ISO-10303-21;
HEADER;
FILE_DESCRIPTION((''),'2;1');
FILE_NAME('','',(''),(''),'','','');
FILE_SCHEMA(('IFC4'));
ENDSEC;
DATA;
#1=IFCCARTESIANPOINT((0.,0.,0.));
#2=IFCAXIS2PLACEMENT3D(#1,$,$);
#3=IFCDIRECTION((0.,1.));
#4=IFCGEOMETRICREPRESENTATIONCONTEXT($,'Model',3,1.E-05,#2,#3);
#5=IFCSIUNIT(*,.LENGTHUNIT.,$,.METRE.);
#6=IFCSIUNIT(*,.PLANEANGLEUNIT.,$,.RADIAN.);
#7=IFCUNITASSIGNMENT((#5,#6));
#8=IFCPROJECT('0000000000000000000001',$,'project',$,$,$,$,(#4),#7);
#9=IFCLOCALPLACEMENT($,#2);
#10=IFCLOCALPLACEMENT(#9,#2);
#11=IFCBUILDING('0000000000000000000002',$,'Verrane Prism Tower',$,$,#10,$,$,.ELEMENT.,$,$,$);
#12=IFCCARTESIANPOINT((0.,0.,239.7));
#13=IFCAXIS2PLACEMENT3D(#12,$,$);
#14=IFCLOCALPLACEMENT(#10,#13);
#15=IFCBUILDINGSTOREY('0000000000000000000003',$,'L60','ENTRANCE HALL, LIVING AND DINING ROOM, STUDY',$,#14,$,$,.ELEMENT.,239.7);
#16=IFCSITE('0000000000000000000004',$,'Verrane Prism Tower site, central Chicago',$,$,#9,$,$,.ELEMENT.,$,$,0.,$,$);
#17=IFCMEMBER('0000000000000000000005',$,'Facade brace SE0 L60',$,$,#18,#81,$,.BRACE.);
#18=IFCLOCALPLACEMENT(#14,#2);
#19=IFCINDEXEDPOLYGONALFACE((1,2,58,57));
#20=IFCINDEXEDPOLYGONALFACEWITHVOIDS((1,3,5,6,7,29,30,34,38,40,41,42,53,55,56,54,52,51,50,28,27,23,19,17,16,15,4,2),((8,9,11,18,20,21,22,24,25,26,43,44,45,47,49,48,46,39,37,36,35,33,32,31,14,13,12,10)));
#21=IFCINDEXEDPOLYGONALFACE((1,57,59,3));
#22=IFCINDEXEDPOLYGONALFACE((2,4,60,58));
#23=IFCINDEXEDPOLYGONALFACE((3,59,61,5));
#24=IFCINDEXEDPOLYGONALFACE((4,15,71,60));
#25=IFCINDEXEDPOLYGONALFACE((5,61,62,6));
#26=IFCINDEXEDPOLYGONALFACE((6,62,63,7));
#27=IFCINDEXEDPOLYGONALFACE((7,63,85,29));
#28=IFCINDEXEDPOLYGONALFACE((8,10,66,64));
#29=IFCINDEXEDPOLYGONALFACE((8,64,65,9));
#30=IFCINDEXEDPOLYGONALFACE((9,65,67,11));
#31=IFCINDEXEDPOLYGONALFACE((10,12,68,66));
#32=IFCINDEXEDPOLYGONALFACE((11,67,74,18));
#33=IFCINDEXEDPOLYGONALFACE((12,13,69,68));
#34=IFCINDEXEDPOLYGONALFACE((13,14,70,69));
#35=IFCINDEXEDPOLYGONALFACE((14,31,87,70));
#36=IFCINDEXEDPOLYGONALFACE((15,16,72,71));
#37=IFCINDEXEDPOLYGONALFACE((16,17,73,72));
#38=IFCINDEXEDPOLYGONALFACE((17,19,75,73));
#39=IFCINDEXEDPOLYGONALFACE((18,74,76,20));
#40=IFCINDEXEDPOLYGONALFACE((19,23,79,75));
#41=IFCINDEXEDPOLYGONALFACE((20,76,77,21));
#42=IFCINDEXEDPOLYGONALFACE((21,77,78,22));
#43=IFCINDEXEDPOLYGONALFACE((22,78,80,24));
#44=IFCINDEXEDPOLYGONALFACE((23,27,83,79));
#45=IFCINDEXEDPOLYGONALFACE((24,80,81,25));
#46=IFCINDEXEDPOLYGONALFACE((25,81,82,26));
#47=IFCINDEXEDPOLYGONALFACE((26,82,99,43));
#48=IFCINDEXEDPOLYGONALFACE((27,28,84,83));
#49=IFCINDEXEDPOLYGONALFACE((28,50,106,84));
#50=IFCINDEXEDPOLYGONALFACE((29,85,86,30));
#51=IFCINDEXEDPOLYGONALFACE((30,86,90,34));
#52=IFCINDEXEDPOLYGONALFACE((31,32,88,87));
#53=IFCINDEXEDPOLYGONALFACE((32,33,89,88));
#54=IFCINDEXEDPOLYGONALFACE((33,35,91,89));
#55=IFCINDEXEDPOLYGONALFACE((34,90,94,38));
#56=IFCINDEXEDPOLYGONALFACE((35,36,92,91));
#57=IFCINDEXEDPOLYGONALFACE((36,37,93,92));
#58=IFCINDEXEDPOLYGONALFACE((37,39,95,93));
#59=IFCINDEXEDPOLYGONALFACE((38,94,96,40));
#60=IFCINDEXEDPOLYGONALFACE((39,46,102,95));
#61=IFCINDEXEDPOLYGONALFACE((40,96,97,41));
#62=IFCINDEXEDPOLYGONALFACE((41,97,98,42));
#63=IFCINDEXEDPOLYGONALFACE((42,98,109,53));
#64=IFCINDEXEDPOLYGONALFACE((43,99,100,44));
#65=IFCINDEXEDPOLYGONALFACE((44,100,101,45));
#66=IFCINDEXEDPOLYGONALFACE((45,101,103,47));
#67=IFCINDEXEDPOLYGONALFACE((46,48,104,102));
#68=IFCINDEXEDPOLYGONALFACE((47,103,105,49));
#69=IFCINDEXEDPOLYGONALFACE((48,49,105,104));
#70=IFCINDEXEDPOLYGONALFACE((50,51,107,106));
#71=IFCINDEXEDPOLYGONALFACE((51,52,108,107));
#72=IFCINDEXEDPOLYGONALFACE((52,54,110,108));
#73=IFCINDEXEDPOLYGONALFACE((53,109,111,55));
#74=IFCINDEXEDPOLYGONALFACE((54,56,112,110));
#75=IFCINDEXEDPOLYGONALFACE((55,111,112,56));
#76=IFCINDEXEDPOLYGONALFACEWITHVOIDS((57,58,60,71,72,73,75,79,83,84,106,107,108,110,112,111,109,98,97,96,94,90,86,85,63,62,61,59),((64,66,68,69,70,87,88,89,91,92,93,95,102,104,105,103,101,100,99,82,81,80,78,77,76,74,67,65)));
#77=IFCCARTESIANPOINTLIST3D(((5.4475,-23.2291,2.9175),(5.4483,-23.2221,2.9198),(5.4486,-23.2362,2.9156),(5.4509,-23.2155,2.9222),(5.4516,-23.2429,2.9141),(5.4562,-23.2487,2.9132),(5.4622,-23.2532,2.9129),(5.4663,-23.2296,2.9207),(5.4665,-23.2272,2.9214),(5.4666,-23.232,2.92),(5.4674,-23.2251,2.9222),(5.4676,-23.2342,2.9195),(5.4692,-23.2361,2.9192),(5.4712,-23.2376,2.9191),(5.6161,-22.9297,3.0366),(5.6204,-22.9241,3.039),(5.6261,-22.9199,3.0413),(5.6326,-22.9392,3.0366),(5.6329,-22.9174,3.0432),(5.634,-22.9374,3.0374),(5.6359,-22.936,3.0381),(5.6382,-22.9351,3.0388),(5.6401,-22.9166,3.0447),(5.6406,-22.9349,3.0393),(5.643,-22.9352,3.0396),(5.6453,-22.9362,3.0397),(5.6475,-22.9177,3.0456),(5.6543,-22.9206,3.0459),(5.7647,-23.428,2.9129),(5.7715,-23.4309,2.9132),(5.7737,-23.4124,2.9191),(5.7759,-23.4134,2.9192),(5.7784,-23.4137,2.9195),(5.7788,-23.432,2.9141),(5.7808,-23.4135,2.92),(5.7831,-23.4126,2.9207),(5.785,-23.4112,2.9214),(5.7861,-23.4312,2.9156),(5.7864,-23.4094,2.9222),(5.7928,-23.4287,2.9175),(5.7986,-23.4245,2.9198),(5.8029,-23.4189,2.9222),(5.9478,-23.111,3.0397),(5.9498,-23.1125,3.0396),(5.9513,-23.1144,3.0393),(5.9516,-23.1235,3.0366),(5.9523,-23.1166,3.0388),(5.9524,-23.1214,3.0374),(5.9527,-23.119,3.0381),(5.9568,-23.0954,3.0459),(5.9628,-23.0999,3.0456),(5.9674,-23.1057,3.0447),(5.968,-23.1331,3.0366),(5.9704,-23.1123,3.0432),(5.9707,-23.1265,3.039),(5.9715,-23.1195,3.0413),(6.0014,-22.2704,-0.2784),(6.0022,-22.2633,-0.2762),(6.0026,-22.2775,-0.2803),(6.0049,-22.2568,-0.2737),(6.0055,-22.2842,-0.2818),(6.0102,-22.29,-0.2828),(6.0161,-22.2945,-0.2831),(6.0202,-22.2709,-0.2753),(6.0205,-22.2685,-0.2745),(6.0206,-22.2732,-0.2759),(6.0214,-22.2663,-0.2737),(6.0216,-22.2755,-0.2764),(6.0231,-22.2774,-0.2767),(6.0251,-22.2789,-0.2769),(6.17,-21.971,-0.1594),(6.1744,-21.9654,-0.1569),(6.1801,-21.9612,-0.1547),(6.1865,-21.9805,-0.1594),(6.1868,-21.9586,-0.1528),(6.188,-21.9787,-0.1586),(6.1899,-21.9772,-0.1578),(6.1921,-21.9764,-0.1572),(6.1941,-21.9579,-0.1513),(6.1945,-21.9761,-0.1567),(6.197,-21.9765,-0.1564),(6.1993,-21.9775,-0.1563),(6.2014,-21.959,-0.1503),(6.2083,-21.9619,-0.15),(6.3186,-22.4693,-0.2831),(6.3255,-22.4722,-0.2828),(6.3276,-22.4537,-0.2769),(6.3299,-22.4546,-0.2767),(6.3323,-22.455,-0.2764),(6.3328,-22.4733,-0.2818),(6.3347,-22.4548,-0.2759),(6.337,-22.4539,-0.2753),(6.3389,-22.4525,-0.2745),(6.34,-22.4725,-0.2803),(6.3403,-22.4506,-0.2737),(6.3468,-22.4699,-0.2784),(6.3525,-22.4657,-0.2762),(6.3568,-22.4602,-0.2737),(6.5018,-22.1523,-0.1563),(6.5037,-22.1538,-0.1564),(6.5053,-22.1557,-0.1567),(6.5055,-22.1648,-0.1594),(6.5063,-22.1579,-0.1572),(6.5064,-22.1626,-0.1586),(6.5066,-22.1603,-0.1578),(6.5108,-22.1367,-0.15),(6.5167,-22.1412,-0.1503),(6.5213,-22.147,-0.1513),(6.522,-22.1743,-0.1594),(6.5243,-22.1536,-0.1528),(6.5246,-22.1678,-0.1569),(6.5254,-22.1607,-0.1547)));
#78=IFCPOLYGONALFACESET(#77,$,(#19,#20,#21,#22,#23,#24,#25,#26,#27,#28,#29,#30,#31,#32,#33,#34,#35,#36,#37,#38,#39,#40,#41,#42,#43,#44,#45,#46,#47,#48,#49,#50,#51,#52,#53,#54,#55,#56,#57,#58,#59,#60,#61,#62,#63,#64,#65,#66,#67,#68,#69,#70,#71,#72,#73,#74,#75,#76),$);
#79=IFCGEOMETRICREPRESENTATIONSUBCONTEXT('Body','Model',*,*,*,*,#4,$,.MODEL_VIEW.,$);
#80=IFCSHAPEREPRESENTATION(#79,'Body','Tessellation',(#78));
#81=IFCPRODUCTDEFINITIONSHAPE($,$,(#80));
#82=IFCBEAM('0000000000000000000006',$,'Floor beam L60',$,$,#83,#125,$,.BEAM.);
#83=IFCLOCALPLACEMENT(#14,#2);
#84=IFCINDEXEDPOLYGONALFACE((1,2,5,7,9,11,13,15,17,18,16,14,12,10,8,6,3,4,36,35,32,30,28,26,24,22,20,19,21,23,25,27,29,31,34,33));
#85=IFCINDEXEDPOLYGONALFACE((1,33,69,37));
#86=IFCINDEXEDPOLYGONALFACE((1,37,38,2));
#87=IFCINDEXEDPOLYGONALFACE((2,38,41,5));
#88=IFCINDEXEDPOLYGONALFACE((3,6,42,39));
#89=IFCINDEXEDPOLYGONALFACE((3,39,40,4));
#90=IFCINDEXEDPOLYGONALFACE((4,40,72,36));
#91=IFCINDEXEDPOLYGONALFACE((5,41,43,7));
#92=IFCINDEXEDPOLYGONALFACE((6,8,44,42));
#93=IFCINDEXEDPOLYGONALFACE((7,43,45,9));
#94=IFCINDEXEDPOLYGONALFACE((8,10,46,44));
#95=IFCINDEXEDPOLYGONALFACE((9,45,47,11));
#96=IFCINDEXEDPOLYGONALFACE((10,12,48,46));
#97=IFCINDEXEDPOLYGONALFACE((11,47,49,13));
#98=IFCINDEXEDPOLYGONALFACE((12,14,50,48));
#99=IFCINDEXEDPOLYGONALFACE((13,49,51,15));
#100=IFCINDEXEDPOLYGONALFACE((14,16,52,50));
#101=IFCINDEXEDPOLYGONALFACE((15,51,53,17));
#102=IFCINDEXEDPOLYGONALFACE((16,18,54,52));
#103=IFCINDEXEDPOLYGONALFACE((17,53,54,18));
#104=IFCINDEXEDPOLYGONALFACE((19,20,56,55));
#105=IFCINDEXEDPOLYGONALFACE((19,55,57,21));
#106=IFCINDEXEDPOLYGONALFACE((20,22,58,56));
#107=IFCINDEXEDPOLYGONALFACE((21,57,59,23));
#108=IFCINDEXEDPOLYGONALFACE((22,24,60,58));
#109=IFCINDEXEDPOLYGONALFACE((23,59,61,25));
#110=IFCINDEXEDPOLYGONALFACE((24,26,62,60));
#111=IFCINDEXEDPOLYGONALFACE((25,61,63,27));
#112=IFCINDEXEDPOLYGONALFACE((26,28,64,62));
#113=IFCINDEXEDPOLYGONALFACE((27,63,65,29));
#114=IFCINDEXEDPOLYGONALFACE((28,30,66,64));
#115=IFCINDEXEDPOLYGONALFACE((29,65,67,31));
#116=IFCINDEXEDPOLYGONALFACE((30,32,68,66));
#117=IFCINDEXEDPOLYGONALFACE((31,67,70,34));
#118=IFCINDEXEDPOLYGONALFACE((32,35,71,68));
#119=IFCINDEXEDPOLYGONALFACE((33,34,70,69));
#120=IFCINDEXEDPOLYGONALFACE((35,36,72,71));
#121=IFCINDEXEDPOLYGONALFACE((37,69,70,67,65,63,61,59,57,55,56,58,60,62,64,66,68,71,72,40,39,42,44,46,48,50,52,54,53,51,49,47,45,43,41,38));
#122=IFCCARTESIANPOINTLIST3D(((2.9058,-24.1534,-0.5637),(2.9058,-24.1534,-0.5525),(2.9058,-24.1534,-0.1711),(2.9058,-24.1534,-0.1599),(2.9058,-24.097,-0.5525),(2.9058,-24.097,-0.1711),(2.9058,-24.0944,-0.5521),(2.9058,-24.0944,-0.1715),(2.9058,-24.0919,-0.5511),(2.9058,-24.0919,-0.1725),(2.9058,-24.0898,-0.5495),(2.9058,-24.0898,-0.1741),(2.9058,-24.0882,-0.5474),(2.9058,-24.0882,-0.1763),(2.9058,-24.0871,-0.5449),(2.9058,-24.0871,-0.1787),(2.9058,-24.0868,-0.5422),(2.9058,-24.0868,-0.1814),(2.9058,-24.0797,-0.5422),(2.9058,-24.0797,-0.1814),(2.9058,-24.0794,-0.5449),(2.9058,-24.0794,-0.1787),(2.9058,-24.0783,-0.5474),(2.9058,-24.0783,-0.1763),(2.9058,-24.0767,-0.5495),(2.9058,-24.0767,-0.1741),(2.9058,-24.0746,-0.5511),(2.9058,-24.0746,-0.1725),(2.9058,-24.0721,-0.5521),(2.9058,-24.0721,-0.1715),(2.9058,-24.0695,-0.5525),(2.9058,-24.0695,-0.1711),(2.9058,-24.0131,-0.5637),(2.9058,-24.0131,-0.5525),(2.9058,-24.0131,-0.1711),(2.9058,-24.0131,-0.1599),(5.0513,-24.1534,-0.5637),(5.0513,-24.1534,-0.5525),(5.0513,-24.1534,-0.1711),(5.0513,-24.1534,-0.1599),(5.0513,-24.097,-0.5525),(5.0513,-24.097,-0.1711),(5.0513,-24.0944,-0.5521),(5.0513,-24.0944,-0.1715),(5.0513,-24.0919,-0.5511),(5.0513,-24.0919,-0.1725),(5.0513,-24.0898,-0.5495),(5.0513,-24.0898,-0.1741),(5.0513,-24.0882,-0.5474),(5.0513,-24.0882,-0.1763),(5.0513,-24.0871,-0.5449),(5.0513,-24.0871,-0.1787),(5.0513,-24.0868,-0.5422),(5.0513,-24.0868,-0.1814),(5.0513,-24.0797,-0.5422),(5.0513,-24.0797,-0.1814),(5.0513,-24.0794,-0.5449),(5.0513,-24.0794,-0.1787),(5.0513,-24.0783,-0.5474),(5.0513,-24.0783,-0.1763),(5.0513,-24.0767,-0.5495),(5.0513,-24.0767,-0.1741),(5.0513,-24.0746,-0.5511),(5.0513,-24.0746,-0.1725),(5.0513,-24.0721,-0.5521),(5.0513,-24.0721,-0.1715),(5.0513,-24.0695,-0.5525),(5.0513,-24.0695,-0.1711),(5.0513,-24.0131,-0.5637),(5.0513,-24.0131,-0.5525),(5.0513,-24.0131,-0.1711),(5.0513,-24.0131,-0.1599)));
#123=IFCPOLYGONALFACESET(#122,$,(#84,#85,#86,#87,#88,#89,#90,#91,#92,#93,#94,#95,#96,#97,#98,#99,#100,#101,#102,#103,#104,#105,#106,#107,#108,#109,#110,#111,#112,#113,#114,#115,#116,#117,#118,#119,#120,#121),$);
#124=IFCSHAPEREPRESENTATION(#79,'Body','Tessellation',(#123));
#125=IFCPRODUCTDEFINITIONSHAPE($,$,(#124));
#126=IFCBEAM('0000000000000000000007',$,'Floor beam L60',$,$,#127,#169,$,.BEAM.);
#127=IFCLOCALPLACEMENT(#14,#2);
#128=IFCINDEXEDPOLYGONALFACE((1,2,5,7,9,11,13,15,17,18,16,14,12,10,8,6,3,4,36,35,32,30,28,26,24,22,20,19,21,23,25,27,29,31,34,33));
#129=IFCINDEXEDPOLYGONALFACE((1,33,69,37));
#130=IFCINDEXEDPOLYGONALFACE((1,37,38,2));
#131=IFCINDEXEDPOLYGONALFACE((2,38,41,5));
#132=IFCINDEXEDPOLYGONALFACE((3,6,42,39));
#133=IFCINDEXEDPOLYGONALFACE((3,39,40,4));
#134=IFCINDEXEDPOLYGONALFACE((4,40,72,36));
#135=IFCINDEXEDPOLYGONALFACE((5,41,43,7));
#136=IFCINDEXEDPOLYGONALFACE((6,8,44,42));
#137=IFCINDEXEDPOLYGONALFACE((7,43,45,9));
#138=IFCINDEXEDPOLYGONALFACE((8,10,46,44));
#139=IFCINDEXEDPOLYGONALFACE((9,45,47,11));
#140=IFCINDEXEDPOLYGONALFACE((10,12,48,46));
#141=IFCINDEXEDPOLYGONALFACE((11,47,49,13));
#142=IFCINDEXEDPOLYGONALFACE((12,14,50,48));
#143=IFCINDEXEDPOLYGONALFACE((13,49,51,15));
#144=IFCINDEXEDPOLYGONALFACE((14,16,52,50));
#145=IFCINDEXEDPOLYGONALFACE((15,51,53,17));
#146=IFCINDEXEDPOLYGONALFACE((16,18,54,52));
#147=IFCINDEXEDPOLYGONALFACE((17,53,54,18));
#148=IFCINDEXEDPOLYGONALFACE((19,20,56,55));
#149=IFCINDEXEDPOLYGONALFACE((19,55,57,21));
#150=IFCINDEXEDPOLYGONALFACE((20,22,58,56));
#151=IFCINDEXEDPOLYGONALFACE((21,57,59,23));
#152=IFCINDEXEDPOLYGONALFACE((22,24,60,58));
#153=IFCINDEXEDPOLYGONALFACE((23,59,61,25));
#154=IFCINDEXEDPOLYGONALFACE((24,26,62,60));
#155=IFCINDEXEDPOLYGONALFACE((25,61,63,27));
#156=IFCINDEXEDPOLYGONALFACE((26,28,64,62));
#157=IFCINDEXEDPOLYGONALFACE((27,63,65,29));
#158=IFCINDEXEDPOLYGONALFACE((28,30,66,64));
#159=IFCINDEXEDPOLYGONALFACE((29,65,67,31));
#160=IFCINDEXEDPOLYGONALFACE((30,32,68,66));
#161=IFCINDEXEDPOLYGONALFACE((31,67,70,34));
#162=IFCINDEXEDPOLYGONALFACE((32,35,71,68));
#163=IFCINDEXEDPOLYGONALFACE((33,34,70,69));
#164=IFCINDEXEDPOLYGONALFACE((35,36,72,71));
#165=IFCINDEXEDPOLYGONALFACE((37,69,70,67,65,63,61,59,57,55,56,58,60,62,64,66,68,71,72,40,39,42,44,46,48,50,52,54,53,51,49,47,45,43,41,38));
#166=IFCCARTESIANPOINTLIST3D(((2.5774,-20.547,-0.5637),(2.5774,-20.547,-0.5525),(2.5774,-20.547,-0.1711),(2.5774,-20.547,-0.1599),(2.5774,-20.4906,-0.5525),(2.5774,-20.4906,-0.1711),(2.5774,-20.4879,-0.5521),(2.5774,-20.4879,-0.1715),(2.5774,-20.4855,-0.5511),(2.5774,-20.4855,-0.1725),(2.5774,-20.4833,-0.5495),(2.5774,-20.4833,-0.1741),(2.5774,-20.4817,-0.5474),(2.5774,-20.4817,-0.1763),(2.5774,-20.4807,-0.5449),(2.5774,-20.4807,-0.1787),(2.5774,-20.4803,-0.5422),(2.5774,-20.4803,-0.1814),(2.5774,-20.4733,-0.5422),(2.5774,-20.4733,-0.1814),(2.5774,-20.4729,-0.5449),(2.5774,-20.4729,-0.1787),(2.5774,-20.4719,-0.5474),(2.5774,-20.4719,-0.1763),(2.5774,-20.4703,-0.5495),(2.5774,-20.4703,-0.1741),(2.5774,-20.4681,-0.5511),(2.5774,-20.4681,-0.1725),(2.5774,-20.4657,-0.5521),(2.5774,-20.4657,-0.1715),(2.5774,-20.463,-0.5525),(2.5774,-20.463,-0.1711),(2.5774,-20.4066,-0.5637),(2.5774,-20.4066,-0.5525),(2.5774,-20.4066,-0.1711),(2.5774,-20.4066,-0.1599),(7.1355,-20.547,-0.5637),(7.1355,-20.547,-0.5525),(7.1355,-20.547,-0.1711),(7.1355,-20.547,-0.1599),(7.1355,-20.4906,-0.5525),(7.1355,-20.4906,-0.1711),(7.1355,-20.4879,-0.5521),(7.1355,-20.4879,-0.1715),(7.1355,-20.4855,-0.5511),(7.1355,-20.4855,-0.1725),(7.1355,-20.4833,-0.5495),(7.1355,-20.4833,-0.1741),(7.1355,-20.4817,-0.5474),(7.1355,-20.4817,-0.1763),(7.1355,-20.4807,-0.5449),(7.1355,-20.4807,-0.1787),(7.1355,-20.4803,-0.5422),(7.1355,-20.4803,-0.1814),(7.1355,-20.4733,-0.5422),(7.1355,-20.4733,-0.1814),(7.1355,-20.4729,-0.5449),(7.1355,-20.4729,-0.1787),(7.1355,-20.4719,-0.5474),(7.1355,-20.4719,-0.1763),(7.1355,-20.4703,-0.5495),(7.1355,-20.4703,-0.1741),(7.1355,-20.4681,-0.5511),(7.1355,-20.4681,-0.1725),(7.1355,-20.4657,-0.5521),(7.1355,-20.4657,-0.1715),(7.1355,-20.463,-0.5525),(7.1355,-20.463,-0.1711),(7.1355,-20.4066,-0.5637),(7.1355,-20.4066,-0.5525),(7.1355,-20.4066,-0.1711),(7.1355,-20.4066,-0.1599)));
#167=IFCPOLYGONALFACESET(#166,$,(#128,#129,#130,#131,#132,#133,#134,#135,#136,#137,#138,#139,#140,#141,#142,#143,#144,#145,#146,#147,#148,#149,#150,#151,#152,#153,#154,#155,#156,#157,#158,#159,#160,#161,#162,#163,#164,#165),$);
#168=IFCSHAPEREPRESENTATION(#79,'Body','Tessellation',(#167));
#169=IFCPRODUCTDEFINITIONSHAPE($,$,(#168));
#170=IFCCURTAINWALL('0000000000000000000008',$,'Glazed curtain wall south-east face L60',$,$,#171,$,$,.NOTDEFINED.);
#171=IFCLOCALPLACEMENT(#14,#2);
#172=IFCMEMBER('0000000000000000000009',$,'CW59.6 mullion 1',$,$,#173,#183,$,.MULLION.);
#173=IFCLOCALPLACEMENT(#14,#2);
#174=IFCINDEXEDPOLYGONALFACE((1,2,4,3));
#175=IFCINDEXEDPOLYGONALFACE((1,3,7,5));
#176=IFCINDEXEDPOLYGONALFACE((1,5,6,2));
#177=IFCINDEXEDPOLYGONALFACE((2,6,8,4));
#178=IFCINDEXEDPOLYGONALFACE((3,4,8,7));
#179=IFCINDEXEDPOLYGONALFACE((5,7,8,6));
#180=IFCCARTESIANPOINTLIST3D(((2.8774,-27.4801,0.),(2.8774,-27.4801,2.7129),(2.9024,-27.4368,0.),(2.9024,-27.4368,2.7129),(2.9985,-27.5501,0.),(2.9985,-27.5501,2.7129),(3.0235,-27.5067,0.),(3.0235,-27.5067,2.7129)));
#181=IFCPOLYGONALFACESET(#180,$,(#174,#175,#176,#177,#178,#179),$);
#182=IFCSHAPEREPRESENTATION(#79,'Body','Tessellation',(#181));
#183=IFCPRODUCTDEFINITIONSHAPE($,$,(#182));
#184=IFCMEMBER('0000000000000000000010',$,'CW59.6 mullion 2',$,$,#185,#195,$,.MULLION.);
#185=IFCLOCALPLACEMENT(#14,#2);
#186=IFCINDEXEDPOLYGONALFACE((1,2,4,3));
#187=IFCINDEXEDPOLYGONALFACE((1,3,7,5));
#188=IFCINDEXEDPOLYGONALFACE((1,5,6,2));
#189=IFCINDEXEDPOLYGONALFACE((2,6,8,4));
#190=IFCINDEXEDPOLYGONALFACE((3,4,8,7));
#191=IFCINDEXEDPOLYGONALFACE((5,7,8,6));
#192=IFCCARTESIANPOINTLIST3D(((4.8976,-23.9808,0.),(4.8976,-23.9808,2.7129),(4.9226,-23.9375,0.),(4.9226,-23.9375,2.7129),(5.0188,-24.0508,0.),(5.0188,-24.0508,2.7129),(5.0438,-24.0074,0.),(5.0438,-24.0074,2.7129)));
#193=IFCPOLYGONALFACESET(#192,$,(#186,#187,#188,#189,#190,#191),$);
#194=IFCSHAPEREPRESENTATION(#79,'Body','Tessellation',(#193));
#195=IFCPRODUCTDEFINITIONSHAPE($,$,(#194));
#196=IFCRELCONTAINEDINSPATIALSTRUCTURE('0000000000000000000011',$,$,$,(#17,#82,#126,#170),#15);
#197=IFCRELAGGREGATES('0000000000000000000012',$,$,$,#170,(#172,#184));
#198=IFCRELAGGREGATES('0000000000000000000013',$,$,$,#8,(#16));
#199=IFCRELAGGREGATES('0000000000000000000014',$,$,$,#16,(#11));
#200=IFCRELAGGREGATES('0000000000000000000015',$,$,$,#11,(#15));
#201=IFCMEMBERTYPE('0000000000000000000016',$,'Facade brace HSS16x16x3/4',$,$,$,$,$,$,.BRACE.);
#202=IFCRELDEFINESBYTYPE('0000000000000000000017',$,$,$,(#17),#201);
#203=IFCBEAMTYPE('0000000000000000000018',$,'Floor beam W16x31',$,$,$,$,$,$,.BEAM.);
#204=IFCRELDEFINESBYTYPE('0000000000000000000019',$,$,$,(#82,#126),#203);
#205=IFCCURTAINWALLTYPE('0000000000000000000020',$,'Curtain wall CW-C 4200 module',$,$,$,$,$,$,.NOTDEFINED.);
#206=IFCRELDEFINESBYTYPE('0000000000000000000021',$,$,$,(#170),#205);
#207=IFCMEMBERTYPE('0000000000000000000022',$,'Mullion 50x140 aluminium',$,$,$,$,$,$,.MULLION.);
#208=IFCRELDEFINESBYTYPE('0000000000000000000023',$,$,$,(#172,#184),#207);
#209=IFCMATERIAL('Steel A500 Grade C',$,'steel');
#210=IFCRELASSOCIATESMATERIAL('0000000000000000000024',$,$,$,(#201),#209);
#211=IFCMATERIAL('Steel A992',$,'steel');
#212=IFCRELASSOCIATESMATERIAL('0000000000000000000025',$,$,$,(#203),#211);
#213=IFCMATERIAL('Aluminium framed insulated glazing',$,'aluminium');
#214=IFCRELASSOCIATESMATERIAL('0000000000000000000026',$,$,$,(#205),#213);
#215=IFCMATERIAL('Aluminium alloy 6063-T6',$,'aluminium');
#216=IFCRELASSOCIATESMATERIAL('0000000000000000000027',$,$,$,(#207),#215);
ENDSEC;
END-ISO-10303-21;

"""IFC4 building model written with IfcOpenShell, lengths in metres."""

from ifc_helpers import new_model, si_unit, direction, frame, origin, origin_2d, place, context, subcontext, project, spatial, rectangle, hollow_rectangle, i_section, extrude, material, material_profile, profile_set, type_object, element, aggregate, save


model = new_model("IFC4")

# Units and contexts
model_context = context("Model", 3, precision=1e-05, world=origin(), true_north=direction((0.0, 1.0)))
body_context = subcontext(model_context, "Body", "Model", "MODEL_VIEW")
ifc_project = project(units=[si_unit("LENGTHUNIT", "METRE"), si_unit("PLANEANGLEUNIT", "RADIAN")], contexts=[model_context])

# Site, building, storey
site_placement = place(None, origin())
site = spatial("IfcSite", under=ifc_project, at=site_placement, Name="Verrane Prism Tower site, central Chicago", CompositionType="ELEMENT", RefElevation=0.0)
building_placement = place(site_placement, origin())
building = spatial("IfcBuilding", under=site, at=building_placement, Name="Verrane Prism Tower", CompositionType="ELEMENT")
storey_placement = place(building_placement, frame((0.0, 0.0, 239.7)))
storey = spatial("IfcBuildingStorey", under=building, at=storey_placement, Name="L60", Description="ENTRANCE HALL, LIVING AND DINING ROOM, STUDY", CompositionType="ELEMENT", Elevation=239.7)

# Member
ifc_material_1 = material(Name="Steel A500 Grade C", Category="steel")
ifc_material_profile_1 = material_profile(ifc_material_1, hollow_rectangle(XDim=0.4065, YDim=0.4065, WallThickness=0.019, InnerFilletRadius=0.0095, OuterFilletRadius=0.0286, at=origin_2d()), Name="HSS16x16x3/4")
ifc_profile_set_1 = profile_set([ifc_material_profile_1], Name="Steel A500 Grade C")
member_type_1 = type_object("IfcMemberType", Name="Facade brace HSS16x16x3/4", PredefinedType="BRACE", material=ifc_profile_set_1)
member_1_placement = place(storey_placement, frame((6.2634, -22.2156, -0.2166), z_axis=(-0.163775, -0.283448, 0.944899), x_axis=(0.865859, -0.500289, 0.0)))
element("IfcMember", 1, at=member_1_placement, inside=storey, type_object=member_type_1, Name="Facade brace SE0 L60", PredefinedType="BRACE", context=body_context, shape_type="SweptSolid", body=[
    extrude(hollow_rectangle(XDim=0.4065, YDim=0.4065, WallThickness=0.019, InnerFilletRadius=0.0095, OuterFilletRadius=0.0286, at=origin_2d()), origin(), (0.0, 0.0, 1.0), 3.3823),
])

# Beams
ifc_material_2 = material(Name="Steel A992", Category="steel")
ifc_material_profile_2 = material_profile(ifc_material_2, i_section(OverallWidth=0.1404, OverallDepth=0.4038, WebThickness=0.0071, FlangeThickness=0.0112, FilletRadius=0.0103, at=origin_2d()), Name="W16x31")
ifc_profile_set_2 = profile_set([ifc_material_profile_2], Name="Steel A992")
beam_type_1 = type_object("IfcBeamType", Name="Floor beam W16x31", PredefinedType="BEAM", material=ifc_profile_set_2)
beam_1_placement = place(storey_placement, frame((2.9058, -24.0833, -0.3618), z_axis=(1.0, 0.0, 0.0), x_axis=(0.0, 1.0, 0.0)))
element("IfcBeam", 2, at=beam_1_placement, inside=storey, type_object=beam_type_1, Name="Floor beam L60", PredefinedType="BEAM", context=body_context, shape_type="SweptSolid", body=[
    extrude(i_section(OverallWidth=0.1404, OverallDepth=0.4038, WebThickness=0.0071, FlangeThickness=0.0112, FilletRadius=0.0103, at=origin_2d()), origin(), (0.0, 0.0, 1.0), 2.1455),
])
beam_2_placement = place(storey_placement, frame((2.5774, -20.4768, -0.3618), z_axis=(1.0, 0.0, 0.0), x_axis=(0.0, 1.0, 0.0)))
element("IfcBeam", 3, at=beam_2_placement, inside=storey, type_object=beam_type_1, Name="Floor beam L60", PredefinedType="BEAM", context=body_context, shape_type="SweptSolid", body=[
    extrude(i_section(OverallWidth=0.1404, OverallDepth=0.4038, WebThickness=0.0071, FlangeThickness=0.0112, FilletRadius=0.0103, at=origin_2d()), origin(), (0.0, 0.0, 1.0), 4.5581),
])

# Curtain wall, members
ifc_material_3 = material(Name="Aluminium framed insulated glazing", Category="aluminium")
curtain_wall_type_1 = type_object("IfcCurtainWallType", Name="Curtain wall CW-C 4200 module", PredefinedType="NOTDEFINED", material=ifc_material_3)
curtain_wall_1_placement = place(storey_placement, origin())
curtain_wall_1 = element("IfcCurtainWall", 4, at=curtain_wall_1_placement, inside=storey, type_object=curtain_wall_type_1, Name="Glazed curtain wall south-east face L60", PredefinedType="NOTDEFINED")
ifc_material_4 = material(Name="Aluminium alloy 6063-T6", Category="aluminium")
ifc_material_profile_3 = material_profile(ifc_material_4, rectangle(XDim=0.1399, YDim=0.05, at=origin_2d()), Name="Mullion 50x140 aluminium")
ifc_profile_set_3 = profile_set([ifc_material_profile_3], Name="Aluminium alloy 6063-T6")
member_type_2 = type_object("IfcMemberType", Name="Mullion 50x140 aluminium", PredefinedType="MULLION", material=ifc_profile_set_3)
member_2_placement = place(storey_placement, frame((2.9504, -27.4934, 0.0), z_axis=(0.0, 0.0, 1.0), x_axis=(-0.866026, 0.499999, 0.0)))
member_2 = element("IfcMember", 5, at=member_2_placement, type_object=member_type_2, Name="CW59.6 mullion 1", PredefinedType="MULLION", context=body_context, shape_type="SweptSolid", body=[
    extrude(rectangle(XDim=0.1399, YDim=0.05, at=origin_2d()), origin(), (0.0, 0.0, 1.0), 2.7129),
])
member_3_placement = place(storey_placement, frame((4.9707, -23.9941, 0.0), z_axis=(0.0, 0.0, 1.0), x_axis=(-0.866026, 0.499999, 0.0)))
member_3 = element("IfcMember", 6, at=member_3_placement, type_object=member_type_2, Name="CW59.6 mullion 2", PredefinedType="MULLION", context=body_context, shape_type="SweptSolid", body=[
    extrude(rectangle(XDim=0.1399, YDim=0.05, at=origin_2d()), origin(), (0.0, 0.0, 1.0), 2.7129),
])

aggregate(curtain_wall_1, [member_2, member_3])

save(model, "model.ifc")
